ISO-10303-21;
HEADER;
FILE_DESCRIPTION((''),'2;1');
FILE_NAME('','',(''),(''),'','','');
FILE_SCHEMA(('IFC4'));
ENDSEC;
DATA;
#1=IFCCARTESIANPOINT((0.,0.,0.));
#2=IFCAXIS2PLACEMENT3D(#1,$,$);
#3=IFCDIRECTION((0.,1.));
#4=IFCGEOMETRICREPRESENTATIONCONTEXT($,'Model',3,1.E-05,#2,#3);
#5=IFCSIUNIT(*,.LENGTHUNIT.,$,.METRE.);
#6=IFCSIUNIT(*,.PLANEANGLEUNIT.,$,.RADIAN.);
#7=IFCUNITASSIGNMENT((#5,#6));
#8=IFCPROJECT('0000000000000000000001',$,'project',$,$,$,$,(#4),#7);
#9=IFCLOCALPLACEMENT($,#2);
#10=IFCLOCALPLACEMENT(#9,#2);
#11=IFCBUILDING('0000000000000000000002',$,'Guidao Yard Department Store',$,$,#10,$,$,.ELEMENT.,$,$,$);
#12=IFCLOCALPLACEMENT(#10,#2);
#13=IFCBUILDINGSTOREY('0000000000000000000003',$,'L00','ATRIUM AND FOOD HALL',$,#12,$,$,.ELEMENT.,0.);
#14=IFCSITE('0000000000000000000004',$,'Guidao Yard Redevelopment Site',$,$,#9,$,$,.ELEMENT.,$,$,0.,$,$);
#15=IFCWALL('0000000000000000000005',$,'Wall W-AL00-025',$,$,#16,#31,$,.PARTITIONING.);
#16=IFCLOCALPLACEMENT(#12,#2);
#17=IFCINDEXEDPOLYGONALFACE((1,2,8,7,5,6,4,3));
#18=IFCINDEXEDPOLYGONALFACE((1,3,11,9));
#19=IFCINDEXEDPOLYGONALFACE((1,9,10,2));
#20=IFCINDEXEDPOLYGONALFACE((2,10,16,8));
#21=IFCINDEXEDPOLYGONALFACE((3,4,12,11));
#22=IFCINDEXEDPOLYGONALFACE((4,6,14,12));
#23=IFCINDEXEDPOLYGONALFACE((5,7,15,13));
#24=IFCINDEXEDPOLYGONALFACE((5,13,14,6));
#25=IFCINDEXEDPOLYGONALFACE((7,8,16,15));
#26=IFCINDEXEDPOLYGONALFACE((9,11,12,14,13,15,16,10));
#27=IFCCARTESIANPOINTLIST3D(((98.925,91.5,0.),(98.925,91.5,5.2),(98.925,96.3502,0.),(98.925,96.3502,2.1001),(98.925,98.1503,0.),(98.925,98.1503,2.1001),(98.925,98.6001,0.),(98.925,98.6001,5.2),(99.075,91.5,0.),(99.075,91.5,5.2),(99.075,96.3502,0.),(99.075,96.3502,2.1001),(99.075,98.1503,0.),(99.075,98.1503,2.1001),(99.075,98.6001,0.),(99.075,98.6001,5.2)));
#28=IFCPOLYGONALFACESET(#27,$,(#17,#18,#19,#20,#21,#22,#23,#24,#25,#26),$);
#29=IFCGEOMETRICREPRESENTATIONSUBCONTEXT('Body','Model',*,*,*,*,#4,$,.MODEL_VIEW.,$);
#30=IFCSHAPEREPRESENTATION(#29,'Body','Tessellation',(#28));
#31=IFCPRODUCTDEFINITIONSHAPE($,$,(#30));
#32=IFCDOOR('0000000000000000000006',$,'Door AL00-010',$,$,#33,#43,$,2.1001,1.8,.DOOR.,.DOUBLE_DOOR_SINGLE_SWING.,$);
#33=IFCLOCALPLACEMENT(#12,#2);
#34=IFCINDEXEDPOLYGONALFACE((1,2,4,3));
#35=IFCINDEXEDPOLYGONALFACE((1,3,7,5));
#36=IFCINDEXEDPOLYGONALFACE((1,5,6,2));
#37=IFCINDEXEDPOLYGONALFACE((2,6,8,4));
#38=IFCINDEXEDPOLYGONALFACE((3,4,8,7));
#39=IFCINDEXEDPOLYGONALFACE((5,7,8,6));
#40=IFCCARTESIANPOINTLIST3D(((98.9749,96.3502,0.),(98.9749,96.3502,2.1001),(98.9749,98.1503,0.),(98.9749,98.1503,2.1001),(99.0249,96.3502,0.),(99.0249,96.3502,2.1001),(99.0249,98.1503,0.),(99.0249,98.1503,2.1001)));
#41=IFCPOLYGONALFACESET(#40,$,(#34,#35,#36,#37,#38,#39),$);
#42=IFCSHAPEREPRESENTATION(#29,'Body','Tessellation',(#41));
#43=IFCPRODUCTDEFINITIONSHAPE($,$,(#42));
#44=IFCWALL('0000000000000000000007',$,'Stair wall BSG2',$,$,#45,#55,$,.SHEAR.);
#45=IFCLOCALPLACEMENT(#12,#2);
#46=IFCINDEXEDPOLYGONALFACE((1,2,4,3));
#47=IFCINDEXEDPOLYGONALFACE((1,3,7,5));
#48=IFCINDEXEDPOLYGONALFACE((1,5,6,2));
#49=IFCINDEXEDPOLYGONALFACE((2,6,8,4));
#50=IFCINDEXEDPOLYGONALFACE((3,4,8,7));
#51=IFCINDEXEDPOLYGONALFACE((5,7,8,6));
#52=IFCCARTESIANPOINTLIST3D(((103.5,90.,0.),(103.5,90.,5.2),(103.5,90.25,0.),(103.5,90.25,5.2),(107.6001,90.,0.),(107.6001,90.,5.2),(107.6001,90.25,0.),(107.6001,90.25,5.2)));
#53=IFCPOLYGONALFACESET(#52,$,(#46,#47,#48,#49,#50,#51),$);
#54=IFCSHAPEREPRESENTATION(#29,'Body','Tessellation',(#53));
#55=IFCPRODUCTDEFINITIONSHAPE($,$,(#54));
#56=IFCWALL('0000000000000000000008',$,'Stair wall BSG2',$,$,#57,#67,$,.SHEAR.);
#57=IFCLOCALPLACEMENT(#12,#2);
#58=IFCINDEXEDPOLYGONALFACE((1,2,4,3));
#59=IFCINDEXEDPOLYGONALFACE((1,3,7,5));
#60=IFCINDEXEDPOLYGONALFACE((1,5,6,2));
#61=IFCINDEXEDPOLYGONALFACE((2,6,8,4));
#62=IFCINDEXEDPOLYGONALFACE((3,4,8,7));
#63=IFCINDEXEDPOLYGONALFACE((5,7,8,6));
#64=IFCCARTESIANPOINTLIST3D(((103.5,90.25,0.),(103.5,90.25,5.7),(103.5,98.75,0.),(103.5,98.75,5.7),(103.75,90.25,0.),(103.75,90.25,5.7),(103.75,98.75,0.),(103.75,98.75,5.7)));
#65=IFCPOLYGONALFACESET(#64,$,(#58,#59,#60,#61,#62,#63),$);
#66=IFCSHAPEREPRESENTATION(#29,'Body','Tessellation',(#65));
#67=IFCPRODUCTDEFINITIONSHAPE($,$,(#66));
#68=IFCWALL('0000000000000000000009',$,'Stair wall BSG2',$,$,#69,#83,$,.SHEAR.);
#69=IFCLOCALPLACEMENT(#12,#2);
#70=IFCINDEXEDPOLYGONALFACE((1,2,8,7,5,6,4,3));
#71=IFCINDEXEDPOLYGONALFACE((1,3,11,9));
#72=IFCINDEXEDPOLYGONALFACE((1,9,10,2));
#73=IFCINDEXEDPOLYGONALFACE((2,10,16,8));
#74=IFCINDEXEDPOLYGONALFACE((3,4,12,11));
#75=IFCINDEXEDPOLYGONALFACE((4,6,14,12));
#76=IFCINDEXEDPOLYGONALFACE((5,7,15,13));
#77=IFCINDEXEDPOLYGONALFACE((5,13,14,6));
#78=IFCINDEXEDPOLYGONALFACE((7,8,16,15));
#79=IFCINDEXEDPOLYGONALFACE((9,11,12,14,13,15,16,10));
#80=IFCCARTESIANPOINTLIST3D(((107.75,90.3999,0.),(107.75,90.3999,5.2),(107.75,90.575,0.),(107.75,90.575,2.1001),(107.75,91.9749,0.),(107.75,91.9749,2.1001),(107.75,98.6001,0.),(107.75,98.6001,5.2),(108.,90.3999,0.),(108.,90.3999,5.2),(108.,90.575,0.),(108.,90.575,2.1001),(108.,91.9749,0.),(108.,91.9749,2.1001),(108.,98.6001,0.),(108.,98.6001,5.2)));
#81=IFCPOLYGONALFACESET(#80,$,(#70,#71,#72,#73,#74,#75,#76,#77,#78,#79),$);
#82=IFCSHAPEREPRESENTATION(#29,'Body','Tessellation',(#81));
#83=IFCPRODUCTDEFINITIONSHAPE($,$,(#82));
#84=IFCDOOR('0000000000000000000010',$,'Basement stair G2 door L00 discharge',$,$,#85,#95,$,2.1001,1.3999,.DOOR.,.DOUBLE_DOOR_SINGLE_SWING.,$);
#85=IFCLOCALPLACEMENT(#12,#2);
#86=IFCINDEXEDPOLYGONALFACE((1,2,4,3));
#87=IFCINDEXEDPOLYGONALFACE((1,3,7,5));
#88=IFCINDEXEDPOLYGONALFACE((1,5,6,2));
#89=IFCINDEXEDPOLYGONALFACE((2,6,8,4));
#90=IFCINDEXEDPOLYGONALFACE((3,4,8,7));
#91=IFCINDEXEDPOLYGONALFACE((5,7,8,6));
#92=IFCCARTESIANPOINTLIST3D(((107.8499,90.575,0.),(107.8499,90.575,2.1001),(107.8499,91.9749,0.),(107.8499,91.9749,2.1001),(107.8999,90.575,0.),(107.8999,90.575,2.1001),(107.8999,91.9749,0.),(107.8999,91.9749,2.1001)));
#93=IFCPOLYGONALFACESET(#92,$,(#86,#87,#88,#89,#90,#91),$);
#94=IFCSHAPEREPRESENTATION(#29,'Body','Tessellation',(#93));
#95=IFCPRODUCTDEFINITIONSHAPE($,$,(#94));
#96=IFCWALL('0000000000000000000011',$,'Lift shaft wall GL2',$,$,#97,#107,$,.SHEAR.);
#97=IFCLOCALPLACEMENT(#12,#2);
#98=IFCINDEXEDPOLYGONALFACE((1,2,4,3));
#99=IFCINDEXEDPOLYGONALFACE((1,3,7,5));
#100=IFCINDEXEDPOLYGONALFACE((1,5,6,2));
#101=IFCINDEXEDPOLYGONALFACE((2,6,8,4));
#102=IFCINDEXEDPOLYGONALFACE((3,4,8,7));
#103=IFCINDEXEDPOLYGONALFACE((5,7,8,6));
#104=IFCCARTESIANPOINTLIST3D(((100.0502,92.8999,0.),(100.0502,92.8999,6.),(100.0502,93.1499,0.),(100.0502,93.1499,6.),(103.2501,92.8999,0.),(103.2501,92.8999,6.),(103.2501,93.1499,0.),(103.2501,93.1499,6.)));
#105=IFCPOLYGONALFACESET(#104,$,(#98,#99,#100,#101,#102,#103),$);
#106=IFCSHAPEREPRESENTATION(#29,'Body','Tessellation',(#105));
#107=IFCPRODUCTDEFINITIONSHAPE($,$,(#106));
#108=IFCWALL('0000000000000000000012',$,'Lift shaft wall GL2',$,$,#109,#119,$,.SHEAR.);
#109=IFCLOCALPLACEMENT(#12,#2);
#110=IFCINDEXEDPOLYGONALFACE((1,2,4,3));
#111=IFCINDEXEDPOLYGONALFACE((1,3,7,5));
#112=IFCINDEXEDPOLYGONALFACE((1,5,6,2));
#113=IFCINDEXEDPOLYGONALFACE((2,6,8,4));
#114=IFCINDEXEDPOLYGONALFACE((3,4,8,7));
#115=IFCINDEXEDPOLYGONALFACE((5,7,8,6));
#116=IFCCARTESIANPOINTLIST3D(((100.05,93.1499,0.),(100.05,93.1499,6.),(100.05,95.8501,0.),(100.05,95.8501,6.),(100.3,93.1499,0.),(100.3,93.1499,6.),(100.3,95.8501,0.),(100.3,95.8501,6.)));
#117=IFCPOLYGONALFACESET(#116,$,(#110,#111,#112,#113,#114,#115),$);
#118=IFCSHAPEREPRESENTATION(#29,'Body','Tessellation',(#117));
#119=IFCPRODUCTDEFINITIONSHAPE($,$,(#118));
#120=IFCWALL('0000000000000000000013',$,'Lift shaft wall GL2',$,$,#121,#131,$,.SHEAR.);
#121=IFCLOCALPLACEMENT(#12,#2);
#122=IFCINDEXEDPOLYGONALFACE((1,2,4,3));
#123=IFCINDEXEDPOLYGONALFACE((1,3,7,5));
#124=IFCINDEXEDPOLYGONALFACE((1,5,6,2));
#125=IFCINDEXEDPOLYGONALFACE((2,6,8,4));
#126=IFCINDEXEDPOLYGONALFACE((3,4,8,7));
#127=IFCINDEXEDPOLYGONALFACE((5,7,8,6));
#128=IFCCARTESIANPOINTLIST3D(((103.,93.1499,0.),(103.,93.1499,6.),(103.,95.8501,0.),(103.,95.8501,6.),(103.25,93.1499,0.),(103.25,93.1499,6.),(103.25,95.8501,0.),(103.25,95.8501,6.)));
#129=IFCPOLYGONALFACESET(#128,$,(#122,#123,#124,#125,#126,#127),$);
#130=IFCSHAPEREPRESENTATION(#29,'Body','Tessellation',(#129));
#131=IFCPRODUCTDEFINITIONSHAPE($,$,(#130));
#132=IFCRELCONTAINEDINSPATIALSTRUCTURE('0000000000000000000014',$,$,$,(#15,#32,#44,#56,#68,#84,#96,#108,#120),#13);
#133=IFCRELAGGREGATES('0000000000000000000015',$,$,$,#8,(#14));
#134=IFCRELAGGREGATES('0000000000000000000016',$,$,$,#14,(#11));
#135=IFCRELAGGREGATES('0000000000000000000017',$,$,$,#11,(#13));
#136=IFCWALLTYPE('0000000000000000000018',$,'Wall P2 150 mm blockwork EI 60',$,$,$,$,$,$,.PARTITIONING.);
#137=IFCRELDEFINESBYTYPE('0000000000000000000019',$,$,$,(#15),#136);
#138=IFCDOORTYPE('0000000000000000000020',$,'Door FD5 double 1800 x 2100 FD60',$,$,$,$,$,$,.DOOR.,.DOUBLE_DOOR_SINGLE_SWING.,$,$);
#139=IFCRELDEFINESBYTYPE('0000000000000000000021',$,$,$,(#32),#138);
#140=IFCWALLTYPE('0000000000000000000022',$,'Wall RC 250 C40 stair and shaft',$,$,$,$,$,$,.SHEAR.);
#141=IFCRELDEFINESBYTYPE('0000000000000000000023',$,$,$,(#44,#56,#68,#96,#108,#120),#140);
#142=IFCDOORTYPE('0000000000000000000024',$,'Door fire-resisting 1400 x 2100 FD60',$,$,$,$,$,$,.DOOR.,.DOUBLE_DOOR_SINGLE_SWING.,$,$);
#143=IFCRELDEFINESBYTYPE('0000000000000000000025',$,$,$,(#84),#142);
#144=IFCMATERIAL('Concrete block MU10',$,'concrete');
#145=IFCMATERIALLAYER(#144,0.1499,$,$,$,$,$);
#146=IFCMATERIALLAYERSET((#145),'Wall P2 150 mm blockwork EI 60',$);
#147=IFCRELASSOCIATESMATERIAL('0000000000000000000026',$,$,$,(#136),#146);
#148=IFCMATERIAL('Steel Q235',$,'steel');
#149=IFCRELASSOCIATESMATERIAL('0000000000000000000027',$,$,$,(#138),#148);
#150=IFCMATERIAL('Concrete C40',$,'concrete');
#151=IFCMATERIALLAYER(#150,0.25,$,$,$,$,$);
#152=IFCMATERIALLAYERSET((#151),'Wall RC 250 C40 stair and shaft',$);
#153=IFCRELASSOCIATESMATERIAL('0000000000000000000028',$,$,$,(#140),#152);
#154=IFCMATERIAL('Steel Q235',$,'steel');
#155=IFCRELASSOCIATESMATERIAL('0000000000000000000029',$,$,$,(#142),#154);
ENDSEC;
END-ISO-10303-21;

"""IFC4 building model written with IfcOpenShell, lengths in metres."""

from ifc_helpers import new_model, si_unit, direction, frame, frame_2d, origin, place, context, subcontext, project, spatial, rectangle, extrude, material, layer, layer_set, type_object, element, fill, save


model = new_model("IFC4")

# Units and contexts
model_context = context("Model", 3, precision=1e-05, world=origin(), true_north=direction((0.0, 1.0)))
body_context = subcontext(model_context, "Body", "Model", "MODEL_VIEW")
ifc_project = project(units=[si_unit("LENGTHUNIT", "METRE"), si_unit("PLANEANGLEUNIT", "RADIAN")], contexts=[model_context])

# Site, building, storey
site_placement = place(None, origin())
site = spatial("IfcSite", under=ifc_project, at=site_placement, Name="Guidao Yard Redevelopment Site", CompositionType="ELEMENT", RefElevation=0.0)
building_placement = place(site_placement, origin())
building = spatial("IfcBuilding", under=site, at=building_placement, Name="Guidao Yard Department Store", CompositionType="ELEMENT")
storey_placement = place(building_placement, origin())
storey = spatial("IfcBuildingStorey", under=building, at=storey_placement, Name="L00", Description="ATRIUM AND FOOD HALL", CompositionType="ELEMENT", Elevation=0.0)

# Shared definitions
ifc_material_1 = material(Name="Concrete block MU10", Category="concrete")
ifc_layer_1 = layer(ifc_material_1, 0.1499)
ifc_layer_set_1 = layer_set([ifc_layer_1], Name="Wall P2 150 mm blockwork EI 60")
wall_type_1 = type_object("IfcWallType", Name="Wall P2 150 mm blockwork EI 60", PredefinedType="PARTITIONING", material=ifc_layer_set_1)

# Wall, opening, door
wall_1_placement = place(storey_placement, frame((99.0, 91.5, 0.0), z_axis=(0.0, 0.0, 1.0), x_axis=(0.0, 1.0, 0.0)))
wall_1 = element("IfcWall", 1, at=wall_1_placement, inside=storey, type_object=wall_type_1, Name="Wall W-AL00-025", PredefinedType="PARTITIONING", context=body_context, shape_type="SweptSolid", body=[
    extrude(rectangle(XDim=7.1001, YDim=0.1499, at=frame_2d((3.55, 0.0))), origin(), (0.0, 0.0, 1.0), 5.2),
])
opening_1_placement = place(wall_1_placement, frame((6.6501, 0.0, 0.0), z_axis=(0.0, 0.0, 1.0), x_axis=(-1.0, 0.0, 0.0)))
opening_1 = element("IfcOpeningElement", 2, at=opening_1_placement, cuts=wall_1, PredefinedType="OPENING", context=body_context, shape_type="SweptSolid", body=[
    extrude(rectangle(XDim=1.8, YDim=2.1001, at=frame_2d((0.8999, 1.05))), frame((0.0, 0.085, 0.0), z_axis=(0.0, -1.0, 0.0), x_axis=(1.0, 0.0, 0.0)), (0.0, 0.0, 1.0), 0.1699),
])
ifc_material_2 = material(Name="Steel Q235", Category="steel")
door_type_1 = type_object("IfcDoorType", Name="Door FD5 double 1800 x 2100 FD60", OperationType="DOUBLE_DOOR_SINGLE_SWING", PredefinedType="DOOR", material=ifc_material_2)
door_1_placement = place(opening_1_placement, origin())
door_1 = element("IfcDoor", 3, at=door_1_placement, inside=storey, type_object=door_type_1, Name="Door AL00-010", OperationType="DOUBLE_DOOR_SINGLE_SWING", OverallHeight=2.1001, OverallWidth=1.8, PredefinedType="DOOR", context=body_context, shape_type="SweptSolid", body=[
    extrude(rectangle(XDim=1.8, YDim=2.1001, at=frame_2d((0.8999, 1.05))), frame((0.0, 0.0249, 0.0), z_axis=(0.0, -1.0, 0.0), x_axis=(1.0, 0.0, 0.0)), (0.0, 0.0, 1.0), 0.05),
])
fill(opening_1, door_1)

# Walls
ifc_material_3 = material(Name="Concrete C40", Category="concrete")
ifc_layer_2 = layer(ifc_material_3, 0.25)
ifc_layer_set_2 = layer_set([ifc_layer_2], Name="Wall RC 250 C40 stair and shaft")
wall_type_2 = type_object("IfcWallType", Name="Wall RC 250 C40 stair and shaft", PredefinedType="SHEAR", material=ifc_layer_set_2)
wall_2_placement = place(storey_placement, frame((103.5, 90.125, 0.0), z_axis=(0.0, 0.0, 1.0), x_axis=(1.0, 0.0, 0.0)))
element("IfcWall", 4, at=wall_2_placement, inside=storey, type_object=wall_type_2, Name="Stair wall BSG2", PredefinedType="SHEAR", context=body_context, shape_type="SweptSolid", body=[
    extrude(rectangle(XDim=4.1001, YDim=0.25, at=frame_2d((2.05, 0.0))), origin(), (0.0, 0.0, 1.0), 5.2),
])
wall_3_placement = place(storey_placement, frame((103.625, 90.25, 0.0), z_axis=(0.0, 0.0, 1.0), x_axis=(0.0, 1.0, 0.0)))
element("IfcWall", 5, at=wall_3_placement, inside=storey, type_object=wall_type_2, Name="Stair wall BSG2", PredefinedType="SHEAR", context=body_context, shape_type="SweptSolid", body=[
    extrude(rectangle(XDim=8.5, YDim=0.25, at=frame_2d((4.25, 0.0))), origin(), (0.0, 0.0, 1.0), 5.7),
])

# Wall, opening, door
wall_4_placement = place(storey_placement, frame((107.875, 90.3999, 0.0), z_axis=(0.0, 0.0, 1.0), x_axis=(0.0, 1.0, 0.0)))
wall_4 = element("IfcWall", 6, at=wall_4_placement, inside=storey, type_object=wall_type_2, Name="Stair wall BSG2", PredefinedType="SHEAR", context=body_context, shape_type="SweptSolid", body=[
    extrude(rectangle(XDim=8.2002, YDim=0.25, at=frame_2d((4.1001, 0.0))), origin(), (0.0, 0.0, 1.0), 5.2),
])
opening_2_placement = place(wall_4_placement, frame((1.575, 0.0, 0.0), z_axis=(0.0, 0.0, 1.0), x_axis=(-1.0, 0.0, 0.0)))
opening_2 = element("IfcOpeningElement", 7, at=opening_2_placement, cuts=wall_4, PredefinedType="OPENING", context=body_context, shape_type="SweptSolid", body=[
    extrude(rectangle(XDim=1.3999, YDim=2.1001, at=frame_2d((0.7, 1.05))), frame((0.0, 0.135, 0.0), z_axis=(0.0, -1.0, 0.0), x_axis=(1.0, 0.0, 0.0)), (0.0, 0.0, 1.0), 0.27),
])
ifc_material_4 = material(Name="Steel Q235", Category="steel")
door_type_2 = type_object("IfcDoorType", Name="Door fire-resisting 1400 x 2100 FD60", OperationType="DOUBLE_DOOR_SINGLE_SWING", PredefinedType="DOOR", material=ifc_material_4)
door_2_placement = place(opening_2_placement, origin())
door_2 = element("IfcDoor", 8, at=door_2_placement, inside=storey, type_object=door_type_2, Name="Basement stair G2 door L00 discharge", OperationType="DOUBLE_DOOR_SINGLE_SWING", OverallHeight=2.1001, OverallWidth=1.3999, PredefinedType="DOOR", context=body_context, shape_type="SweptSolid", body=[
    extrude(rectangle(XDim=1.3999, YDim=2.1001, at=frame_2d((0.7, 1.05))), frame((0.0, 0.0249, 0.0), z_axis=(0.0, -1.0, 0.0), x_axis=(1.0, 0.0, 0.0)), (0.0, 0.0, 1.0), 0.05),
])
fill(opening_2, door_2)

# Walls
wall_5_placement = place(storey_placement, frame((100.05, 93.0249, 0.0), z_axis=(0.0, 0.0, 1.0), x_axis=(1.0, 0.0, 0.0)))
element("IfcWall", 9, at=wall_5_placement, inside=storey, type_object=wall_type_2, Name="Lift shaft wall GL2", PredefinedType="SHEAR", context=body_context, shape_type="SweptSolid", body=[
    extrude(rectangle(XDim=3.2, YDim=0.25, at=frame_2d((1.6001, 0.0))), origin(), (0.0, 0.0, 1.0), 6.0),
])
for number, where, z_axis, x_axis, name in (
    (10, (100.175, 93.1499, 0.0), (0.0, 0.0, 1.0), (0.0, 1.0, 0.0), "Lift shaft wall GL2"),
    (11, (103.125, 93.1499, 0.0), (0.0, 0.0, 1.0), (0.0, 1.0, 0.0), "Lift shaft wall GL2"),
):
    element("IfcWall", number, at=place(storey_placement, frame(where, z_axis=z_axis, x_axis=x_axis)), inside=storey, type_object=wall_type_2, Name=name, PredefinedType="SHEAR", context=body_context, shape_type="SweptSolid", body=[
        extrude(rectangle(XDim=2.7002, YDim=0.25, at=frame_2d((1.3501, 0.0))), origin(), (0.0, 0.0, 1.0), 6.0),
    ])

save(model, "model.ifc")
